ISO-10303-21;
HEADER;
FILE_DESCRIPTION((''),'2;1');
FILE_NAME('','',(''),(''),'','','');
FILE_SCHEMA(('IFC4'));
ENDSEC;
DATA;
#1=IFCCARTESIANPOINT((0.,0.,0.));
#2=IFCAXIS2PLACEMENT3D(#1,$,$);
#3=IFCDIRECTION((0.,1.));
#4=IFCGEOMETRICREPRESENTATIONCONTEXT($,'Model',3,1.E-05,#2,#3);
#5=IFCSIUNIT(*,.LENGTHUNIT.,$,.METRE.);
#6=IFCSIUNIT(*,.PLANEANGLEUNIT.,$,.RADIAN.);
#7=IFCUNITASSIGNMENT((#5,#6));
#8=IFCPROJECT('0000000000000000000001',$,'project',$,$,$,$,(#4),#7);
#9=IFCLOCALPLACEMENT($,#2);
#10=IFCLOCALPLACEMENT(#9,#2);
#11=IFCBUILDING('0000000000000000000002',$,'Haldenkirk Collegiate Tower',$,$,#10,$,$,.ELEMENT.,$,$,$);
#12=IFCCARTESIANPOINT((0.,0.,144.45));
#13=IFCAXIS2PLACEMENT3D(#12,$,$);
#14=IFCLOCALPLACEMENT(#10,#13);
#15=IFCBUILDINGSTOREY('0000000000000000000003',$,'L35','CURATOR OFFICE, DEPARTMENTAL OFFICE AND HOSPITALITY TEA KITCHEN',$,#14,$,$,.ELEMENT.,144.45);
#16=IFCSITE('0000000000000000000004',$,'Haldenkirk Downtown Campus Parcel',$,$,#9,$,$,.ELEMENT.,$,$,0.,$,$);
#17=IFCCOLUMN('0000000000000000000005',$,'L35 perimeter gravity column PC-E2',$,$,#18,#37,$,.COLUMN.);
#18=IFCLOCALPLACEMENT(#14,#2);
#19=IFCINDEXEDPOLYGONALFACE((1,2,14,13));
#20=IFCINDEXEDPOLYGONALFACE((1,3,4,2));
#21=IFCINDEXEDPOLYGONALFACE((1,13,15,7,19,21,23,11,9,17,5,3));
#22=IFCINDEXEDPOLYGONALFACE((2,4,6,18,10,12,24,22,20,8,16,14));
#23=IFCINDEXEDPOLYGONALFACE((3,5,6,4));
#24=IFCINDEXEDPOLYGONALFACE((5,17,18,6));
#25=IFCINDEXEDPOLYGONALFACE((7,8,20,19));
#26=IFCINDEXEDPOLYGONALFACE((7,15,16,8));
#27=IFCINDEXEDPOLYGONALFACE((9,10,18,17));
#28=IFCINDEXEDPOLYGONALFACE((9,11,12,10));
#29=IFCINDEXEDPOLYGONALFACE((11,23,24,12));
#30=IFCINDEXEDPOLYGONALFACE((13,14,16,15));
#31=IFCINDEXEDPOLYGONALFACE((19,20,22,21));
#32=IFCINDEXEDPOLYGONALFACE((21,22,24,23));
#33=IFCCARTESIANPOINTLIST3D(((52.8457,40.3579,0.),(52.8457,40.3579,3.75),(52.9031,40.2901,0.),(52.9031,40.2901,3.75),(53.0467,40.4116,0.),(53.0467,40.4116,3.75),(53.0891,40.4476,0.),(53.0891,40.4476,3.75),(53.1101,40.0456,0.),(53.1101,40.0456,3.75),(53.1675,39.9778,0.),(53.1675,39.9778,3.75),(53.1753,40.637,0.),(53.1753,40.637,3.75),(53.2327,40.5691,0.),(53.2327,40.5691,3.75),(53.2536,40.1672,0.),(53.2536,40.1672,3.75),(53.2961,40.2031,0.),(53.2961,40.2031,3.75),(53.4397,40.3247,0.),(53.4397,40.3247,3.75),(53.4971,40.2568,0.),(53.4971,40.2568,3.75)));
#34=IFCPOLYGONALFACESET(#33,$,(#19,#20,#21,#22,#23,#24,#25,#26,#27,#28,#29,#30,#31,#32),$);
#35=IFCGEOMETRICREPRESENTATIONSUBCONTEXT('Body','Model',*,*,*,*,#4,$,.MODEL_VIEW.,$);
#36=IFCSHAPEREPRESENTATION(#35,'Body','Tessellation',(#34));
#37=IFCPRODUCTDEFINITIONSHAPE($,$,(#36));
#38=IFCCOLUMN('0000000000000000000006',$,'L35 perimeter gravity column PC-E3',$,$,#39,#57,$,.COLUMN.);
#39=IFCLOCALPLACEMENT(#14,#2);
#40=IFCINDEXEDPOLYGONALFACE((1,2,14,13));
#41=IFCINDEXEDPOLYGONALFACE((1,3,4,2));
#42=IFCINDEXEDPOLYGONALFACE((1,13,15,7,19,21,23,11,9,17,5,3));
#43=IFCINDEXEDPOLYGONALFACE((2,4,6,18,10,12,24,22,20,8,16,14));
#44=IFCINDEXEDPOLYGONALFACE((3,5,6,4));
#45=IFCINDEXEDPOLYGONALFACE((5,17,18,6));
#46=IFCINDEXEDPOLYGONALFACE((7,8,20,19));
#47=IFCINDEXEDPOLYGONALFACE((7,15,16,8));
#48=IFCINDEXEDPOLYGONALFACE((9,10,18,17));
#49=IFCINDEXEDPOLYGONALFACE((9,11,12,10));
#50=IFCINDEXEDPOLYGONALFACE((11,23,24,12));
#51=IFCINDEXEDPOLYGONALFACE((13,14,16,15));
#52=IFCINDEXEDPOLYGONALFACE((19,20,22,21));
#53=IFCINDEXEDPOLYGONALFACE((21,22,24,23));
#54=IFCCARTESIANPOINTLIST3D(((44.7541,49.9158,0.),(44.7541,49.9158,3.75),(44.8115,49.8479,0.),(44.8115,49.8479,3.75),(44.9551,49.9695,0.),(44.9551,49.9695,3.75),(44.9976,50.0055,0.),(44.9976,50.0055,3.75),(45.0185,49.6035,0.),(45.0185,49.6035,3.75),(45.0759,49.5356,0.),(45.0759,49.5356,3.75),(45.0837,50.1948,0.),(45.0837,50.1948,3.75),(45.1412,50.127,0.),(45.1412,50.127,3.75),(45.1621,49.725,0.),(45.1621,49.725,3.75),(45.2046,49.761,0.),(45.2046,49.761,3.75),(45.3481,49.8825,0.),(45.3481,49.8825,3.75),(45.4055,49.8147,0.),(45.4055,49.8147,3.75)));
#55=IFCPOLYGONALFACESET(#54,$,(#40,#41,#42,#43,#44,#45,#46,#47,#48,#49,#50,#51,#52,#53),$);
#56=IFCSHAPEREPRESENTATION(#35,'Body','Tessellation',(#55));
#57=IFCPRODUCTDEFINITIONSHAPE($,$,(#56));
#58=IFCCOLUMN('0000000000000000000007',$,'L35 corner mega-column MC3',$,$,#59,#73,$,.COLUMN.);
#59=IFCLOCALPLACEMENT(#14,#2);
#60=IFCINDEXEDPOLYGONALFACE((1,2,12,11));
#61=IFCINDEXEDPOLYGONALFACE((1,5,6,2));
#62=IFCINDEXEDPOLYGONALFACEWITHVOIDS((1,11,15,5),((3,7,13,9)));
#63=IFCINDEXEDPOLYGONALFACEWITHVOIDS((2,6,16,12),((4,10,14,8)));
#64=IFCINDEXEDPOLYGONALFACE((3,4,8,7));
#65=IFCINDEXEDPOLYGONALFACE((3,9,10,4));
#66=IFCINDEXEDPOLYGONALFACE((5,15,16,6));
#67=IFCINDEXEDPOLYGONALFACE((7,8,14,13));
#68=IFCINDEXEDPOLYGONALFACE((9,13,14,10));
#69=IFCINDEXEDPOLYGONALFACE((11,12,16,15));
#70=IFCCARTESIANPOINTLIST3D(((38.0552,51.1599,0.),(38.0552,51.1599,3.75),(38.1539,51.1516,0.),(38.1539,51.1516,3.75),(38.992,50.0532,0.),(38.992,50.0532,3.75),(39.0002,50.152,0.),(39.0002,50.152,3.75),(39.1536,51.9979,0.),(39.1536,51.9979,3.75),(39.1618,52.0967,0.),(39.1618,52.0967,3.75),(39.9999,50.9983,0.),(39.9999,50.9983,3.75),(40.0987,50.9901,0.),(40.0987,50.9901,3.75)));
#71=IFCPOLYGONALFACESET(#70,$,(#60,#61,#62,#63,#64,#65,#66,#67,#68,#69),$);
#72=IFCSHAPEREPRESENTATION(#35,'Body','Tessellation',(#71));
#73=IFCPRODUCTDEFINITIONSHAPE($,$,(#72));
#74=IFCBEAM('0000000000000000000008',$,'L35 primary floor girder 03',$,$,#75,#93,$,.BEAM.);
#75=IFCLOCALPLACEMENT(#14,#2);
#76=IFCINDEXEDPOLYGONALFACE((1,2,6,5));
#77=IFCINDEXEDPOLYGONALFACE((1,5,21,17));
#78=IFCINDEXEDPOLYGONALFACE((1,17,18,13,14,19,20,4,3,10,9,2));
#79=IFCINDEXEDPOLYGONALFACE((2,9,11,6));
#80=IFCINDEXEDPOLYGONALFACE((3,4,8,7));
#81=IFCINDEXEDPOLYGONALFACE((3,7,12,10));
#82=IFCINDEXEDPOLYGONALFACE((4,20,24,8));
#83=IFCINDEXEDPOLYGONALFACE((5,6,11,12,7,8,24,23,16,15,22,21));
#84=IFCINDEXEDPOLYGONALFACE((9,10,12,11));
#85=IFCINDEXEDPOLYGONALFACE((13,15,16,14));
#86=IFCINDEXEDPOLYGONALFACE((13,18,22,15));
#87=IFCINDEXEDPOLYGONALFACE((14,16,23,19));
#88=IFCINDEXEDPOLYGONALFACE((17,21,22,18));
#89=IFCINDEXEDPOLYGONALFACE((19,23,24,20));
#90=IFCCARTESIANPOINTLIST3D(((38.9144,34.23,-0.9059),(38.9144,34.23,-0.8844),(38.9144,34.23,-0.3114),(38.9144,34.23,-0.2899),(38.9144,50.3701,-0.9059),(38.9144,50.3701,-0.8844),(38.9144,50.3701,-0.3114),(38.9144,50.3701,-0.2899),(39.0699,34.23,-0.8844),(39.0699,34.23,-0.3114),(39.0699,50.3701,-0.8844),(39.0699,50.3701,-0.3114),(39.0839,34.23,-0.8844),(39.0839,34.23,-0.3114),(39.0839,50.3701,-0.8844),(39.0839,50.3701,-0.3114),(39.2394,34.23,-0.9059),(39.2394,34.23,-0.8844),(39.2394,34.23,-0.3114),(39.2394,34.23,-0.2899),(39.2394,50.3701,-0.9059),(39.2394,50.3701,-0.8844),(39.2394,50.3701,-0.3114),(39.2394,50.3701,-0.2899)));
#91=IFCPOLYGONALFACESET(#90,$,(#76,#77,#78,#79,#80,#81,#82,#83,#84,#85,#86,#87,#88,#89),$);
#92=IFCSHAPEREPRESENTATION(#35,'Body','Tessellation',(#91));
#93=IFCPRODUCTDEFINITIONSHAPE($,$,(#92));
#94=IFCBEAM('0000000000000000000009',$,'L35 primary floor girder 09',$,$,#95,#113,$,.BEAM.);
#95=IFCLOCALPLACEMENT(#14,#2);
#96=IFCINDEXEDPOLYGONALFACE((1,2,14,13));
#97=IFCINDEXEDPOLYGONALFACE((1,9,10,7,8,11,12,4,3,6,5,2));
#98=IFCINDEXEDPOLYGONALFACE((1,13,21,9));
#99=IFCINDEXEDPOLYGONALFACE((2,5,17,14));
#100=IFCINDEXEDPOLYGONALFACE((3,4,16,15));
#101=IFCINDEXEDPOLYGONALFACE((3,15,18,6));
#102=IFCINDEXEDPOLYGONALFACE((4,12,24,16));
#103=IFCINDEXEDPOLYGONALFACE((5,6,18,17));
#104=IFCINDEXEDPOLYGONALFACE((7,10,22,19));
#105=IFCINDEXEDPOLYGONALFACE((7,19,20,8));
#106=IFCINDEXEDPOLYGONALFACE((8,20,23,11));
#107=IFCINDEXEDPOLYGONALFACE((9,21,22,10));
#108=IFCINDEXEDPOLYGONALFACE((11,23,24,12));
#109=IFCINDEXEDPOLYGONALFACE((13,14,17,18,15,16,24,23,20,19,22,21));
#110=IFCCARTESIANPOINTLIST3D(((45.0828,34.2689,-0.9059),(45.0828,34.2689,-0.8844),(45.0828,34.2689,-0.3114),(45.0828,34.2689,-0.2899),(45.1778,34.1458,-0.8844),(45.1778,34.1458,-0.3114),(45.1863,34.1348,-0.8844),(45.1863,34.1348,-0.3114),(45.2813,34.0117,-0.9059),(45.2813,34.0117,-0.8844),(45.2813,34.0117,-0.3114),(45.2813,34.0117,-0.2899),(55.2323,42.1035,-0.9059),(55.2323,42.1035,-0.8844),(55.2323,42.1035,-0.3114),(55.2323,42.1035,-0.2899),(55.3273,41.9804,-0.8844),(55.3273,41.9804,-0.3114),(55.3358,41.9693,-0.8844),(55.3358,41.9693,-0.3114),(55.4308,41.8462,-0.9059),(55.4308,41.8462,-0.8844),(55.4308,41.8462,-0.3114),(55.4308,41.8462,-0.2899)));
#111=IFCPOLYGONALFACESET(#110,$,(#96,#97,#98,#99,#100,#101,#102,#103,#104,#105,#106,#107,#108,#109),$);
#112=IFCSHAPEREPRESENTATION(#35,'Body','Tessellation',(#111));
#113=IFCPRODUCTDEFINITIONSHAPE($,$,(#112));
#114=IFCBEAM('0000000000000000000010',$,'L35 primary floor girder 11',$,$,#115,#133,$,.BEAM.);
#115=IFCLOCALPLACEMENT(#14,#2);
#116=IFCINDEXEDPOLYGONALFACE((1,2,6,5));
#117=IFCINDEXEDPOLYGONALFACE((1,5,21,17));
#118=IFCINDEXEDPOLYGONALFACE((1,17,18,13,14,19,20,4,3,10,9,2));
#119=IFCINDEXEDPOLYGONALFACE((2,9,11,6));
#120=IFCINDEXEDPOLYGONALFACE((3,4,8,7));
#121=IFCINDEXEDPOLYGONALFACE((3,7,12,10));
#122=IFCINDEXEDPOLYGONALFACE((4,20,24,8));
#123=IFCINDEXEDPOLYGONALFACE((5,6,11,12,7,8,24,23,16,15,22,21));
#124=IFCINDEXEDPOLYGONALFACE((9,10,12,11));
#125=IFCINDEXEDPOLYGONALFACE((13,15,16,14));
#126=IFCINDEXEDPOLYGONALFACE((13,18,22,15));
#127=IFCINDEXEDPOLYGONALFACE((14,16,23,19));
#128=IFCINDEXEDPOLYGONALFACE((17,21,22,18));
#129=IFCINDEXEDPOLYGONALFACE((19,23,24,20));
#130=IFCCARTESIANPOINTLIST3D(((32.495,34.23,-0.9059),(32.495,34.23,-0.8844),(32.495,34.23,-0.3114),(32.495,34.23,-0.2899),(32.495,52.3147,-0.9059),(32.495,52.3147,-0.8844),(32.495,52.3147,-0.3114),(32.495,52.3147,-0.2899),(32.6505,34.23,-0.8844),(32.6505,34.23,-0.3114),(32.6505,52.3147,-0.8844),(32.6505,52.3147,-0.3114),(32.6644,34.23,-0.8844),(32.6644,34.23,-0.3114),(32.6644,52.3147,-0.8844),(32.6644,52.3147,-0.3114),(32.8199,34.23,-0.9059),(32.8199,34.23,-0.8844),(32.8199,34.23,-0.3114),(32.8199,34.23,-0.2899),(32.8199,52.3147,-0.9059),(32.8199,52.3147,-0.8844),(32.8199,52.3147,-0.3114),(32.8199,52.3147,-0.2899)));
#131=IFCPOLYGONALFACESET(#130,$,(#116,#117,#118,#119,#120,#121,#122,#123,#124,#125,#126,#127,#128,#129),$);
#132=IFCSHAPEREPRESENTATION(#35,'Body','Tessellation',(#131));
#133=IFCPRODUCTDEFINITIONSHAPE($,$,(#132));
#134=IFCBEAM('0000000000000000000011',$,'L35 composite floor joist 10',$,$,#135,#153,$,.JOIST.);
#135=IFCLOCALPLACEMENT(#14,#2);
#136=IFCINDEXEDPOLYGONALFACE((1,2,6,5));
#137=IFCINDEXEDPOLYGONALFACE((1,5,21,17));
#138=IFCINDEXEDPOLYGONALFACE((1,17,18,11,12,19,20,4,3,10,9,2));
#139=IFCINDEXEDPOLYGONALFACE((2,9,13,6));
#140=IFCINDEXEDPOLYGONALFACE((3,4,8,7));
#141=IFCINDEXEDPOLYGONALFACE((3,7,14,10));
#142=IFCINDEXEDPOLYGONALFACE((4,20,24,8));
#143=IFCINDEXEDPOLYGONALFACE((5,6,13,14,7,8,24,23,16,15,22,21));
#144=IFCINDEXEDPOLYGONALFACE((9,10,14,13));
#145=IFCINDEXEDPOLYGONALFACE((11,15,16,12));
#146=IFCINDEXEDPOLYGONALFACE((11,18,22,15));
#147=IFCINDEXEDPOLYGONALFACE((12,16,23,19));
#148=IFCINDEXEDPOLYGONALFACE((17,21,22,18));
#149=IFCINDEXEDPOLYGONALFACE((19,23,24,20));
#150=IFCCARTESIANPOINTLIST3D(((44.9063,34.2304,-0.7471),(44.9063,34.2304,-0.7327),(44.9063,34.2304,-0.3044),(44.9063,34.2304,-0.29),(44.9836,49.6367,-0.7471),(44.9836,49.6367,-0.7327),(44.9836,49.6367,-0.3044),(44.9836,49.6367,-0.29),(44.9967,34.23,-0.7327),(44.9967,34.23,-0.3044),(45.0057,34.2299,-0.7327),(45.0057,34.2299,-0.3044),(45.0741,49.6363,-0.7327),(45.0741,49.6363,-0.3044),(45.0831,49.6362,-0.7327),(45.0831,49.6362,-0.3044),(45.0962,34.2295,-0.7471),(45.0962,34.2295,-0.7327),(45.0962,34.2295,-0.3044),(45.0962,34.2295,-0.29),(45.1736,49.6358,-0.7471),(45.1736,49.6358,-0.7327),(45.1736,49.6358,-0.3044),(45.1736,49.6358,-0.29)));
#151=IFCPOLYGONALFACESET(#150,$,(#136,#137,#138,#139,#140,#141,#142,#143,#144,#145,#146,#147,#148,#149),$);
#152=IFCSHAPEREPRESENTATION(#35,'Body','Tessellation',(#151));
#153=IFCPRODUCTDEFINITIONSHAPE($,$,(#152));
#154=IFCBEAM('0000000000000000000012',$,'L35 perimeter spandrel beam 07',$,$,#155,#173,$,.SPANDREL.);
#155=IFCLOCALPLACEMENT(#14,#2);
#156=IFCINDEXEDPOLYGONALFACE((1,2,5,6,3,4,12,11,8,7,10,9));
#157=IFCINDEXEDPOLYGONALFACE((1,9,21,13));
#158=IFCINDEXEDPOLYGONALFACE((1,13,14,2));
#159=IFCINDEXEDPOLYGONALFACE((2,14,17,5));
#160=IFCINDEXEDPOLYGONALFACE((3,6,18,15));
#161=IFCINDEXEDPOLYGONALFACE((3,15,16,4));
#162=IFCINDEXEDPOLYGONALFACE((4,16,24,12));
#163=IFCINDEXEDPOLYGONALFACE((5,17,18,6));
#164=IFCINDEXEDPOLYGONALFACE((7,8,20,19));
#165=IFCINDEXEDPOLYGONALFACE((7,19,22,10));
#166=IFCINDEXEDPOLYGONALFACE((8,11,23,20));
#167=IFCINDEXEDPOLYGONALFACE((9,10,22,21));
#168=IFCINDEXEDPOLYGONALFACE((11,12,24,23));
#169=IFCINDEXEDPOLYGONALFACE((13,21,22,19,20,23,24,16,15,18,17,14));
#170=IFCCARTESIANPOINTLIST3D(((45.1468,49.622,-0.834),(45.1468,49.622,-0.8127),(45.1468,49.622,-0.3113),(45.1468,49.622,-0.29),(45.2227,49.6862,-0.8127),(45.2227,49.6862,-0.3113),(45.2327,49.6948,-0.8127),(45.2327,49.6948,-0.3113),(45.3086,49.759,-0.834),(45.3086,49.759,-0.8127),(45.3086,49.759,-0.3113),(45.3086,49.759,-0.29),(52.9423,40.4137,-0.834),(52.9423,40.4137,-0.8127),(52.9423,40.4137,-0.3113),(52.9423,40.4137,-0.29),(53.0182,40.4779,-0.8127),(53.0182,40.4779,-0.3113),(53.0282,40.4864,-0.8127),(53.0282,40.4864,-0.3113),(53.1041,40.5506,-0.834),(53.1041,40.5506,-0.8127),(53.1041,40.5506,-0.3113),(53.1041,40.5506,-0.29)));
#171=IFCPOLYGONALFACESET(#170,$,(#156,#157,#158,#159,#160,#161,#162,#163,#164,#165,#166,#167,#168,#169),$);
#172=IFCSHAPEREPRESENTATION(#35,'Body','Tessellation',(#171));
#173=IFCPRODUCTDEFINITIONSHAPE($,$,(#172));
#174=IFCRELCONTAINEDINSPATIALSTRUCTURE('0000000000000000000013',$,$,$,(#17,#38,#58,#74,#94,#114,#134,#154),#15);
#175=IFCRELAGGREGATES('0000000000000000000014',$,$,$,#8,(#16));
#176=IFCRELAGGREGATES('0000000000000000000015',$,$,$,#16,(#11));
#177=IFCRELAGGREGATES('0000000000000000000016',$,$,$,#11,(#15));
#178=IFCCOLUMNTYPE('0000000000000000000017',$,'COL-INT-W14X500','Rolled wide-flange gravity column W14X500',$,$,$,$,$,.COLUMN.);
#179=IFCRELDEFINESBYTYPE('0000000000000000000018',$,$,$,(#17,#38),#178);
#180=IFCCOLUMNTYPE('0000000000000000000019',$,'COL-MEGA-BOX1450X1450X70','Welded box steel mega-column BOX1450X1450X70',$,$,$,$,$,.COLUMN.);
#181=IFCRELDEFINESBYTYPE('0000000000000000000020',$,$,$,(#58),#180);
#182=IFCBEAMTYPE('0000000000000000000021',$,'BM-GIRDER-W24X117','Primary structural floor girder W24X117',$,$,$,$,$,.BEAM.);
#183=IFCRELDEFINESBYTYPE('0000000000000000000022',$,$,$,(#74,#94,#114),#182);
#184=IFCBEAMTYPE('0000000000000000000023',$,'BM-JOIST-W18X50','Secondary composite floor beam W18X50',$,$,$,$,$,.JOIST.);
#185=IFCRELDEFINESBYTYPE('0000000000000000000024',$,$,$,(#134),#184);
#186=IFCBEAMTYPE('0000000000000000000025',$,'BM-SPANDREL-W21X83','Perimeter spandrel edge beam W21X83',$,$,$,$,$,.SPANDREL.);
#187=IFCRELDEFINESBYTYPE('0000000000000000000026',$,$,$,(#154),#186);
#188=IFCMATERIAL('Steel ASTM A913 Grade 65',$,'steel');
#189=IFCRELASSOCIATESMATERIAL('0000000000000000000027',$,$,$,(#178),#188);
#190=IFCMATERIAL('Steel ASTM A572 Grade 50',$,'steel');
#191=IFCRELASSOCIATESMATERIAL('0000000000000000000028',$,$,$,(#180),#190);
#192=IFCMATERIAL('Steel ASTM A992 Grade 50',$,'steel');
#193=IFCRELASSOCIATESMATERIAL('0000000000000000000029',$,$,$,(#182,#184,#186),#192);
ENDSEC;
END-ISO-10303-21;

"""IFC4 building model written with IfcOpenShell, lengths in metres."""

from ifc_helpers import new_model, si_unit, direction, frame, origin, origin_2d, place, context, subcontext, project, spatial, hollow_rectangle, i_section, extrude, material, material_profile, profile_set, type_object, element, save


model = new_model("IFC4")

# Units and contexts
model_context = context("Model", 3, precision=1e-05, world=origin(), true_north=direction((0.0, 1.0)))
body_context = subcontext(model_context, "Body", "Model", "MODEL_VIEW")
ifc_project = project(units=[si_unit("LENGTHUNIT", "METRE"), si_unit("PLANEANGLEUNIT", "RADIAN")], contexts=[model_context])

# Site, building, storey
site_placement = place(None, origin())
site = spatial("IfcSite", under=ifc_project, at=site_placement, Name="Haldenkirk Downtown Campus Parcel", CompositionType="ELEMENT", RefElevation=0.0)
building_placement = place(site_placement, origin())
building = spatial("IfcBuilding", under=site, at=building_placement, Name="Haldenkirk Collegiate Tower", CompositionType="ELEMENT")
storey_placement = place(building_placement, frame((0.0, 0.0, 144.45)))
storey = spatial("IfcBuildingStorey", under=building, at=storey_placement, Name="L35", Description="CURATOR OFFICE, DEPARTMENTAL OFFICE AND HOSPITALITY TEA KITCHEN", CompositionType="ELEMENT", Elevation=144.45)

# Columns
ifc_material_1 = material(Name="Steel ASTM A913 Grade 65", Category="steel")
ifc_material_profile_1 = material_profile(ifc_material_1, i_section(OverallWidth=0.4319, OverallDepth=0.498, WebThickness=0.0557, FlangeThickness=0.0889, at=origin_2d()), Name="W14X500")
ifc_profile_set_1 = profile_set([ifc_material_profile_1], Name="Steel ASTM A913 Grade 65")
column_type_1 = type_object("IfcColumnType", Name="COL-INT-W14X500", Description="Rolled wide-flange gravity column W14X500", PredefinedType="COLUMN", material=ifc_profile_set_1)
for number, where, z_axis, x_axis, name in (
    (1, (53.1714, 40.3074, 0.0), (0.0, 0.0, 1.0), (0.763232, 0.646124, 0.0), "L35 perimeter gravity column PC-E2"),
    (2, (45.0798, 49.8652, 0.0), (0.0, 0.0, 1.0), (0.763232, 0.646124, 0.0), "L35 perimeter gravity column PC-E3"),
):
    element("IfcColumn", number, at=place(storey_placement, frame(where, z_axis=z_axis, x_axis=x_axis)), inside=storey, type_object=column_type_1, Name=name, PredefinedType="COLUMN", context=body_context, shape_type="SweptSolid", body=[
        extrude(i_section(OverallWidth=0.4319, OverallDepth=0.498, WebThickness=0.0557, FlangeThickness=0.0889, at=origin_2d()), origin(), (0.0, 0.0, 1.0), 3.75),
    ])
ifc_material_2 = material(Name="Steel ASTM A572 Grade 50", Category="steel")
ifc_material_profile_2 = material_profile(ifc_material_2, hollow_rectangle(XDim=1.45, YDim=1.45, WallThickness=0.0701, at=origin_2d()), Name="BOX1450X1450X70")
ifc_profile_set_2 = profile_set([ifc_material_profile_2], Name="Steel ASTM A572 Grade 50")
column_type_2 = type_object("IfcColumnType", Name="COL-MEGA-BOX1450X1450X70", Description="Welded box steel mega-column BOX1450X1450X70", PredefinedType="COLUMN", material=ifc_profile_set_2)
column_placement = place(storey_placement, frame((39.0769, 51.075, 0.0), z_axis=(0.0, 0.0, 1.0), x_axis=(0.763232, 0.646124, 0.0)))
element("IfcColumn", 3, at=column_placement, inside=storey, type_object=column_type_2, Name="L35 corner mega-column MC3", PredefinedType="COLUMN", context=body_context, shape_type="SweptSolid", body=[
    extrude(hollow_rectangle(XDim=1.45, YDim=1.45, WallThickness=0.0701, at=origin_2d()), origin(), (0.0, 0.0, 1.0), 3.75),
])

# Beams
ifc_material_3 = material(Name="Steel ASTM A992 Grade 50", Category="steel")
ifc_material_profile_3 = material_profile(ifc_material_3, i_section(OverallWidth=0.325, OverallDepth=0.616, WebThickness=0.0139, FlangeThickness=0.0215, at=origin_2d()), Name="W24X117")
ifc_profile_set_3 = profile_set([ifc_material_profile_3], Name="Steel ASTM A992 Grade 50")
beam_type_1 = type_object("IfcBeamType", Name="BM-GIRDER-W24X117", Description="Primary structural floor girder W24X117", PredefinedType="BEAM", material=ifc_profile_set_3)
beam_1_placement = place(storey_placement, frame((39.0769, 50.3701, -0.5979), z_axis=(0.0, -1.0, 0.0), x_axis=(1.0, 0.0, 0.0)))
element("IfcBeam", 4, at=beam_1_placement, inside=storey, type_object=beam_type_1, Name="L35 primary floor girder 03", PredefinedType="BEAM", context=body_context, shape_type="SweptSolid", body=[
    extrude(i_section(OverallWidth=0.325, OverallDepth=0.616, WebThickness=0.0139, FlangeThickness=0.0215, at=origin_2d()), origin(), (0.0, 0.0, 1.0), 16.1401),
])
beam_2_placement = place(storey_placement, frame((55.3315, 41.9749, -0.5979), z_axis=(-0.791596, -0.611044, 0.0), x_axis=(0.611044, -0.791596, 0.0)))
element("IfcBeam", 5, at=beam_2_placement, inside=storey, type_object=beam_type_1, Name="L35 primary floor girder 09", PredefinedType="BEAM", context=body_context, shape_type="SweptSolid", body=[
    extrude(i_section(OverallWidth=0.325, OverallDepth=0.616, WebThickness=0.0139, FlangeThickness=0.0215, at=origin_2d()), origin(), (0.0, 0.0, 1.0), 12.8215),
])
beam_3_placement = place(storey_placement, frame((32.6575, 52.3147, -0.5979), z_axis=(0.0, -1.0, 0.0), x_axis=(1.0, 0.0, 0.0)))
element("IfcBeam", 6, at=beam_3_placement, inside=storey, type_object=beam_type_1, Name="L35 primary floor girder 11", PredefinedType="BEAM", context=body_context, shape_type="SweptSolid", body=[
    extrude(i_section(OverallWidth=0.325, OverallDepth=0.616, WebThickness=0.0139, FlangeThickness=0.0215, at=origin_2d()), origin(), (0.0, 0.0, 1.0), 18.0847),
])
ifc_material_profile_4 = material_profile(ifc_material_3, i_section(OverallWidth=0.1899, OverallDepth=0.457, WebThickness=0.009, FlangeThickness=0.0144, at=origin_2d()), Name="W18X50")
ifc_profile_set_4 = profile_set([ifc_material_profile_4], Name="Steel ASTM A992 Grade 50")
beam_type_2 = type_object("IfcBeamType", Name="BM-JOIST-W18X50", Description="Secondary composite floor beam W18X50", PredefinedType="JOIST", material=ifc_profile_set_4)
beam_4_placement = place(storey_placement, frame((45.0786, 49.6362, -0.5186), z_axis=(-0.005023, -0.999987, 0.0), x_axis=(0.999987, -0.005023, 0.0)))
element("IfcBeam", 7, at=beam_4_placement, inside=storey, type_object=beam_type_2, Name="L35 composite floor joist 10", PredefinedType="JOIST", context=body_context, shape_type="SweptSolid", body=[
    extrude(i_section(OverallWidth=0.1899, OverallDepth=0.457, WebThickness=0.009, FlangeThickness=0.0144, at=origin_2d()), origin(), (0.0, 0.0, 1.0), 15.4065),
])
ifc_material_profile_5 = material_profile(ifc_material_3, i_section(OverallWidth=0.2119, OverallDepth=0.5439, WebThickness=0.0132, FlangeThickness=0.0212, at=origin_2d()), Name="W21X83")
ifc_profile_set_5 = profile_set([ifc_material_profile_5], Name="Steel ASTM A992 Grade 50")
beam_type_3 = type_object("IfcBeamType", Name="BM-SPANDREL-W21X83", Description="Perimeter spandrel edge beam W21X83", PredefinedType="SPANDREL", material=ifc_profile_set_5)
beam_5_placement = place(storey_placement, frame((53.0232, 40.4822, -0.562), z_axis=(-0.646126, 0.76323, 0.0), x_axis=(-0.76323, -0.646126, 0.0)))
element("IfcBeam", 8, at=beam_5_placement, inside=storey, type_object=beam_type_3, Name="L35 perimeter spandrel beam 07", PredefinedType="SPANDREL", context=body_context, shape_type="SweptSolid", body=[
    extrude(i_section(OverallWidth=0.2119, OverallDepth=0.5439, WebThickness=0.0132, FlangeThickness=0.0212, at=origin_2d()), origin(), (0.0, 0.0, 1.0), 12.0649),
])

save(model, "model.ifc")
